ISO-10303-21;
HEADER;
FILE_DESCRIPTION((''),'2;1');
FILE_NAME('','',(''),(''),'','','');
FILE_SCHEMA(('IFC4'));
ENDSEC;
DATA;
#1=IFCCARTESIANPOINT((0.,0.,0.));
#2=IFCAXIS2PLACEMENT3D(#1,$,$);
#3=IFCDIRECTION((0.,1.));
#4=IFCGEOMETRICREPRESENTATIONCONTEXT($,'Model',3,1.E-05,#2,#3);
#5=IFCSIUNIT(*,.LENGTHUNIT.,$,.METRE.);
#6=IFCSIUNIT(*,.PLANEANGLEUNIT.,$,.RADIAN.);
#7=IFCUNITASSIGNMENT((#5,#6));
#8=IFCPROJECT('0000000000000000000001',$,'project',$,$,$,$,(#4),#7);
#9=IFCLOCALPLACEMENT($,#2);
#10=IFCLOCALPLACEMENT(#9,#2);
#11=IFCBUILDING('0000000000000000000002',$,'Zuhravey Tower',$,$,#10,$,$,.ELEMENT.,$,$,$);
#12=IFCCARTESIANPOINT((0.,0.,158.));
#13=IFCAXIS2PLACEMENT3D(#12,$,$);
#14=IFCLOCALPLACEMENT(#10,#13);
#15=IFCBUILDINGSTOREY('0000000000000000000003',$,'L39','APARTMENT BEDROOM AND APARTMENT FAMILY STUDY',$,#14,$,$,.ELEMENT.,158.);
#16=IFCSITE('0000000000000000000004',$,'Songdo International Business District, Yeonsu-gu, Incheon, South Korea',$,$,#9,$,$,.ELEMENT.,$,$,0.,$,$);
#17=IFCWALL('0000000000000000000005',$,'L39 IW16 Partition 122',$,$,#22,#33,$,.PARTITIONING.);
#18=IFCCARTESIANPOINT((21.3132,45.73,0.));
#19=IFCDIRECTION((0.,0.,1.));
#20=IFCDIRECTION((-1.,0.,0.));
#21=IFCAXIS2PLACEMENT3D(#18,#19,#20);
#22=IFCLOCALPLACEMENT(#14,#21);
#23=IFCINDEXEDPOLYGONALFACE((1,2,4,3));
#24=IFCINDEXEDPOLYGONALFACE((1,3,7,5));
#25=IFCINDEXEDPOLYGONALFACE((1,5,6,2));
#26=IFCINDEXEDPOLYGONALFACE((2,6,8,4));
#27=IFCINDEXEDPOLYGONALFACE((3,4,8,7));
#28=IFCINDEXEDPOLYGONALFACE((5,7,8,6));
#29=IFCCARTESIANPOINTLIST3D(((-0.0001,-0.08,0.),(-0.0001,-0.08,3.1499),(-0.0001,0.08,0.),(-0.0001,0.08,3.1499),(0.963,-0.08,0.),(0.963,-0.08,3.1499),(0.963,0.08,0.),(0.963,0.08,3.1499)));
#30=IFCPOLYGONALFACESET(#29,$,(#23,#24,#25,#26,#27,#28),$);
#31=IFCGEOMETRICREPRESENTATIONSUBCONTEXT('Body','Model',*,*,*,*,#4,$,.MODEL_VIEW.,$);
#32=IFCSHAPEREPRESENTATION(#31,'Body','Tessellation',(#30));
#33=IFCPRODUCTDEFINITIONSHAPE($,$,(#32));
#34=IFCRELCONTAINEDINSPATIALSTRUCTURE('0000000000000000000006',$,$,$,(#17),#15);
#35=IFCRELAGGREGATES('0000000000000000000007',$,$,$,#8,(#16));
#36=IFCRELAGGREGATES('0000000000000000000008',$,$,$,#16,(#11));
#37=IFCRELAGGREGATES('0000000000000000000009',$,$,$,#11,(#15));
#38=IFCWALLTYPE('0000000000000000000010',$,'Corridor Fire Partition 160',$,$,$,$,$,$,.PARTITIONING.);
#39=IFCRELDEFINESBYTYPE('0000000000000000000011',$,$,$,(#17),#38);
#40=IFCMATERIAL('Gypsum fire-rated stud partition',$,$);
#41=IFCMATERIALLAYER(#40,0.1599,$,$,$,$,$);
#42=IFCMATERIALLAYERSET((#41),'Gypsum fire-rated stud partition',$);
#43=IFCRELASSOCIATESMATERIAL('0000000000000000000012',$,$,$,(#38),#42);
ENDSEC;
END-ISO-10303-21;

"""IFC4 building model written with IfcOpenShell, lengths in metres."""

from ifc_helpers import new_model, si_unit, direction, frame, frame_2d, origin, place, context, subcontext, project, spatial, rectangle, extrude, material, layer, layer_set, type_object, element, save


model = new_model("IFC4")

# Units and contexts
model_context = context("Model", 3, precision=1e-05, world=origin(), true_north=direction((0.0, 1.0)))
body_context = subcontext(model_context, "Body", "Model", "MODEL_VIEW")
ifc_project = project(units=[si_unit("LENGTHUNIT", "METRE"), si_unit("PLANEANGLEUNIT", "RADIAN")], contexts=[model_context])

# Site, building, storey
site_placement = place(None, origin())
site = spatial("IfcSite", under=ifc_project, at=site_placement, Name="Songdo International Business District, Yeonsu-gu, Incheon, South Korea", CompositionType="ELEMENT", RefElevation=0.0)
building_placement = place(site_placement, origin())
building = spatial("IfcBuilding", under=site, at=building_placement, Name="Zuhravey Tower", CompositionType="ELEMENT")
storey_placement = place(building_placement, frame((0.0, 0.0, 158.0)))
storey = spatial("IfcBuildingStorey", under=building, at=storey_placement, Name="L39", Description="APARTMENT BEDROOM AND APARTMENT FAMILY STUDY", CompositionType="ELEMENT", Elevation=158.0)

# Wall
ifc_material_1 = material(Name="Gypsum fire-rated stud partition")
ifc_layer_1 = layer(ifc_material_1, 0.1599)
ifc_layer_set_1 = layer_set([ifc_layer_1], Name="Gypsum fire-rated stud partition")
wall_type_1 = type_object("IfcWallType", Name="Corridor Fire Partition 160", PredefinedType="PARTITIONING", material=ifc_layer_set_1)
wall_1_placement = place(storey_placement, frame((21.3132, 45.73, 0.0), z_axis=(0.0, 0.0, 1.0), x_axis=(-1.0, 0.0, 0.0)))
element("IfcWall", 1, at=wall_1_placement, inside=storey, type_object=wall_type_1, Name="L39 IW16 Partition 122", PredefinedType="PARTITIONING", context=body_context, shape_type="SweptSolid", body=[
    extrude(rectangle(XDim=0.9631, YDim=0.1599, at=frame_2d((0.4814, 0.0))), origin(), (0.0, 0.0, 1.0), 3.1499),
])

save(model, "model.ifc")
